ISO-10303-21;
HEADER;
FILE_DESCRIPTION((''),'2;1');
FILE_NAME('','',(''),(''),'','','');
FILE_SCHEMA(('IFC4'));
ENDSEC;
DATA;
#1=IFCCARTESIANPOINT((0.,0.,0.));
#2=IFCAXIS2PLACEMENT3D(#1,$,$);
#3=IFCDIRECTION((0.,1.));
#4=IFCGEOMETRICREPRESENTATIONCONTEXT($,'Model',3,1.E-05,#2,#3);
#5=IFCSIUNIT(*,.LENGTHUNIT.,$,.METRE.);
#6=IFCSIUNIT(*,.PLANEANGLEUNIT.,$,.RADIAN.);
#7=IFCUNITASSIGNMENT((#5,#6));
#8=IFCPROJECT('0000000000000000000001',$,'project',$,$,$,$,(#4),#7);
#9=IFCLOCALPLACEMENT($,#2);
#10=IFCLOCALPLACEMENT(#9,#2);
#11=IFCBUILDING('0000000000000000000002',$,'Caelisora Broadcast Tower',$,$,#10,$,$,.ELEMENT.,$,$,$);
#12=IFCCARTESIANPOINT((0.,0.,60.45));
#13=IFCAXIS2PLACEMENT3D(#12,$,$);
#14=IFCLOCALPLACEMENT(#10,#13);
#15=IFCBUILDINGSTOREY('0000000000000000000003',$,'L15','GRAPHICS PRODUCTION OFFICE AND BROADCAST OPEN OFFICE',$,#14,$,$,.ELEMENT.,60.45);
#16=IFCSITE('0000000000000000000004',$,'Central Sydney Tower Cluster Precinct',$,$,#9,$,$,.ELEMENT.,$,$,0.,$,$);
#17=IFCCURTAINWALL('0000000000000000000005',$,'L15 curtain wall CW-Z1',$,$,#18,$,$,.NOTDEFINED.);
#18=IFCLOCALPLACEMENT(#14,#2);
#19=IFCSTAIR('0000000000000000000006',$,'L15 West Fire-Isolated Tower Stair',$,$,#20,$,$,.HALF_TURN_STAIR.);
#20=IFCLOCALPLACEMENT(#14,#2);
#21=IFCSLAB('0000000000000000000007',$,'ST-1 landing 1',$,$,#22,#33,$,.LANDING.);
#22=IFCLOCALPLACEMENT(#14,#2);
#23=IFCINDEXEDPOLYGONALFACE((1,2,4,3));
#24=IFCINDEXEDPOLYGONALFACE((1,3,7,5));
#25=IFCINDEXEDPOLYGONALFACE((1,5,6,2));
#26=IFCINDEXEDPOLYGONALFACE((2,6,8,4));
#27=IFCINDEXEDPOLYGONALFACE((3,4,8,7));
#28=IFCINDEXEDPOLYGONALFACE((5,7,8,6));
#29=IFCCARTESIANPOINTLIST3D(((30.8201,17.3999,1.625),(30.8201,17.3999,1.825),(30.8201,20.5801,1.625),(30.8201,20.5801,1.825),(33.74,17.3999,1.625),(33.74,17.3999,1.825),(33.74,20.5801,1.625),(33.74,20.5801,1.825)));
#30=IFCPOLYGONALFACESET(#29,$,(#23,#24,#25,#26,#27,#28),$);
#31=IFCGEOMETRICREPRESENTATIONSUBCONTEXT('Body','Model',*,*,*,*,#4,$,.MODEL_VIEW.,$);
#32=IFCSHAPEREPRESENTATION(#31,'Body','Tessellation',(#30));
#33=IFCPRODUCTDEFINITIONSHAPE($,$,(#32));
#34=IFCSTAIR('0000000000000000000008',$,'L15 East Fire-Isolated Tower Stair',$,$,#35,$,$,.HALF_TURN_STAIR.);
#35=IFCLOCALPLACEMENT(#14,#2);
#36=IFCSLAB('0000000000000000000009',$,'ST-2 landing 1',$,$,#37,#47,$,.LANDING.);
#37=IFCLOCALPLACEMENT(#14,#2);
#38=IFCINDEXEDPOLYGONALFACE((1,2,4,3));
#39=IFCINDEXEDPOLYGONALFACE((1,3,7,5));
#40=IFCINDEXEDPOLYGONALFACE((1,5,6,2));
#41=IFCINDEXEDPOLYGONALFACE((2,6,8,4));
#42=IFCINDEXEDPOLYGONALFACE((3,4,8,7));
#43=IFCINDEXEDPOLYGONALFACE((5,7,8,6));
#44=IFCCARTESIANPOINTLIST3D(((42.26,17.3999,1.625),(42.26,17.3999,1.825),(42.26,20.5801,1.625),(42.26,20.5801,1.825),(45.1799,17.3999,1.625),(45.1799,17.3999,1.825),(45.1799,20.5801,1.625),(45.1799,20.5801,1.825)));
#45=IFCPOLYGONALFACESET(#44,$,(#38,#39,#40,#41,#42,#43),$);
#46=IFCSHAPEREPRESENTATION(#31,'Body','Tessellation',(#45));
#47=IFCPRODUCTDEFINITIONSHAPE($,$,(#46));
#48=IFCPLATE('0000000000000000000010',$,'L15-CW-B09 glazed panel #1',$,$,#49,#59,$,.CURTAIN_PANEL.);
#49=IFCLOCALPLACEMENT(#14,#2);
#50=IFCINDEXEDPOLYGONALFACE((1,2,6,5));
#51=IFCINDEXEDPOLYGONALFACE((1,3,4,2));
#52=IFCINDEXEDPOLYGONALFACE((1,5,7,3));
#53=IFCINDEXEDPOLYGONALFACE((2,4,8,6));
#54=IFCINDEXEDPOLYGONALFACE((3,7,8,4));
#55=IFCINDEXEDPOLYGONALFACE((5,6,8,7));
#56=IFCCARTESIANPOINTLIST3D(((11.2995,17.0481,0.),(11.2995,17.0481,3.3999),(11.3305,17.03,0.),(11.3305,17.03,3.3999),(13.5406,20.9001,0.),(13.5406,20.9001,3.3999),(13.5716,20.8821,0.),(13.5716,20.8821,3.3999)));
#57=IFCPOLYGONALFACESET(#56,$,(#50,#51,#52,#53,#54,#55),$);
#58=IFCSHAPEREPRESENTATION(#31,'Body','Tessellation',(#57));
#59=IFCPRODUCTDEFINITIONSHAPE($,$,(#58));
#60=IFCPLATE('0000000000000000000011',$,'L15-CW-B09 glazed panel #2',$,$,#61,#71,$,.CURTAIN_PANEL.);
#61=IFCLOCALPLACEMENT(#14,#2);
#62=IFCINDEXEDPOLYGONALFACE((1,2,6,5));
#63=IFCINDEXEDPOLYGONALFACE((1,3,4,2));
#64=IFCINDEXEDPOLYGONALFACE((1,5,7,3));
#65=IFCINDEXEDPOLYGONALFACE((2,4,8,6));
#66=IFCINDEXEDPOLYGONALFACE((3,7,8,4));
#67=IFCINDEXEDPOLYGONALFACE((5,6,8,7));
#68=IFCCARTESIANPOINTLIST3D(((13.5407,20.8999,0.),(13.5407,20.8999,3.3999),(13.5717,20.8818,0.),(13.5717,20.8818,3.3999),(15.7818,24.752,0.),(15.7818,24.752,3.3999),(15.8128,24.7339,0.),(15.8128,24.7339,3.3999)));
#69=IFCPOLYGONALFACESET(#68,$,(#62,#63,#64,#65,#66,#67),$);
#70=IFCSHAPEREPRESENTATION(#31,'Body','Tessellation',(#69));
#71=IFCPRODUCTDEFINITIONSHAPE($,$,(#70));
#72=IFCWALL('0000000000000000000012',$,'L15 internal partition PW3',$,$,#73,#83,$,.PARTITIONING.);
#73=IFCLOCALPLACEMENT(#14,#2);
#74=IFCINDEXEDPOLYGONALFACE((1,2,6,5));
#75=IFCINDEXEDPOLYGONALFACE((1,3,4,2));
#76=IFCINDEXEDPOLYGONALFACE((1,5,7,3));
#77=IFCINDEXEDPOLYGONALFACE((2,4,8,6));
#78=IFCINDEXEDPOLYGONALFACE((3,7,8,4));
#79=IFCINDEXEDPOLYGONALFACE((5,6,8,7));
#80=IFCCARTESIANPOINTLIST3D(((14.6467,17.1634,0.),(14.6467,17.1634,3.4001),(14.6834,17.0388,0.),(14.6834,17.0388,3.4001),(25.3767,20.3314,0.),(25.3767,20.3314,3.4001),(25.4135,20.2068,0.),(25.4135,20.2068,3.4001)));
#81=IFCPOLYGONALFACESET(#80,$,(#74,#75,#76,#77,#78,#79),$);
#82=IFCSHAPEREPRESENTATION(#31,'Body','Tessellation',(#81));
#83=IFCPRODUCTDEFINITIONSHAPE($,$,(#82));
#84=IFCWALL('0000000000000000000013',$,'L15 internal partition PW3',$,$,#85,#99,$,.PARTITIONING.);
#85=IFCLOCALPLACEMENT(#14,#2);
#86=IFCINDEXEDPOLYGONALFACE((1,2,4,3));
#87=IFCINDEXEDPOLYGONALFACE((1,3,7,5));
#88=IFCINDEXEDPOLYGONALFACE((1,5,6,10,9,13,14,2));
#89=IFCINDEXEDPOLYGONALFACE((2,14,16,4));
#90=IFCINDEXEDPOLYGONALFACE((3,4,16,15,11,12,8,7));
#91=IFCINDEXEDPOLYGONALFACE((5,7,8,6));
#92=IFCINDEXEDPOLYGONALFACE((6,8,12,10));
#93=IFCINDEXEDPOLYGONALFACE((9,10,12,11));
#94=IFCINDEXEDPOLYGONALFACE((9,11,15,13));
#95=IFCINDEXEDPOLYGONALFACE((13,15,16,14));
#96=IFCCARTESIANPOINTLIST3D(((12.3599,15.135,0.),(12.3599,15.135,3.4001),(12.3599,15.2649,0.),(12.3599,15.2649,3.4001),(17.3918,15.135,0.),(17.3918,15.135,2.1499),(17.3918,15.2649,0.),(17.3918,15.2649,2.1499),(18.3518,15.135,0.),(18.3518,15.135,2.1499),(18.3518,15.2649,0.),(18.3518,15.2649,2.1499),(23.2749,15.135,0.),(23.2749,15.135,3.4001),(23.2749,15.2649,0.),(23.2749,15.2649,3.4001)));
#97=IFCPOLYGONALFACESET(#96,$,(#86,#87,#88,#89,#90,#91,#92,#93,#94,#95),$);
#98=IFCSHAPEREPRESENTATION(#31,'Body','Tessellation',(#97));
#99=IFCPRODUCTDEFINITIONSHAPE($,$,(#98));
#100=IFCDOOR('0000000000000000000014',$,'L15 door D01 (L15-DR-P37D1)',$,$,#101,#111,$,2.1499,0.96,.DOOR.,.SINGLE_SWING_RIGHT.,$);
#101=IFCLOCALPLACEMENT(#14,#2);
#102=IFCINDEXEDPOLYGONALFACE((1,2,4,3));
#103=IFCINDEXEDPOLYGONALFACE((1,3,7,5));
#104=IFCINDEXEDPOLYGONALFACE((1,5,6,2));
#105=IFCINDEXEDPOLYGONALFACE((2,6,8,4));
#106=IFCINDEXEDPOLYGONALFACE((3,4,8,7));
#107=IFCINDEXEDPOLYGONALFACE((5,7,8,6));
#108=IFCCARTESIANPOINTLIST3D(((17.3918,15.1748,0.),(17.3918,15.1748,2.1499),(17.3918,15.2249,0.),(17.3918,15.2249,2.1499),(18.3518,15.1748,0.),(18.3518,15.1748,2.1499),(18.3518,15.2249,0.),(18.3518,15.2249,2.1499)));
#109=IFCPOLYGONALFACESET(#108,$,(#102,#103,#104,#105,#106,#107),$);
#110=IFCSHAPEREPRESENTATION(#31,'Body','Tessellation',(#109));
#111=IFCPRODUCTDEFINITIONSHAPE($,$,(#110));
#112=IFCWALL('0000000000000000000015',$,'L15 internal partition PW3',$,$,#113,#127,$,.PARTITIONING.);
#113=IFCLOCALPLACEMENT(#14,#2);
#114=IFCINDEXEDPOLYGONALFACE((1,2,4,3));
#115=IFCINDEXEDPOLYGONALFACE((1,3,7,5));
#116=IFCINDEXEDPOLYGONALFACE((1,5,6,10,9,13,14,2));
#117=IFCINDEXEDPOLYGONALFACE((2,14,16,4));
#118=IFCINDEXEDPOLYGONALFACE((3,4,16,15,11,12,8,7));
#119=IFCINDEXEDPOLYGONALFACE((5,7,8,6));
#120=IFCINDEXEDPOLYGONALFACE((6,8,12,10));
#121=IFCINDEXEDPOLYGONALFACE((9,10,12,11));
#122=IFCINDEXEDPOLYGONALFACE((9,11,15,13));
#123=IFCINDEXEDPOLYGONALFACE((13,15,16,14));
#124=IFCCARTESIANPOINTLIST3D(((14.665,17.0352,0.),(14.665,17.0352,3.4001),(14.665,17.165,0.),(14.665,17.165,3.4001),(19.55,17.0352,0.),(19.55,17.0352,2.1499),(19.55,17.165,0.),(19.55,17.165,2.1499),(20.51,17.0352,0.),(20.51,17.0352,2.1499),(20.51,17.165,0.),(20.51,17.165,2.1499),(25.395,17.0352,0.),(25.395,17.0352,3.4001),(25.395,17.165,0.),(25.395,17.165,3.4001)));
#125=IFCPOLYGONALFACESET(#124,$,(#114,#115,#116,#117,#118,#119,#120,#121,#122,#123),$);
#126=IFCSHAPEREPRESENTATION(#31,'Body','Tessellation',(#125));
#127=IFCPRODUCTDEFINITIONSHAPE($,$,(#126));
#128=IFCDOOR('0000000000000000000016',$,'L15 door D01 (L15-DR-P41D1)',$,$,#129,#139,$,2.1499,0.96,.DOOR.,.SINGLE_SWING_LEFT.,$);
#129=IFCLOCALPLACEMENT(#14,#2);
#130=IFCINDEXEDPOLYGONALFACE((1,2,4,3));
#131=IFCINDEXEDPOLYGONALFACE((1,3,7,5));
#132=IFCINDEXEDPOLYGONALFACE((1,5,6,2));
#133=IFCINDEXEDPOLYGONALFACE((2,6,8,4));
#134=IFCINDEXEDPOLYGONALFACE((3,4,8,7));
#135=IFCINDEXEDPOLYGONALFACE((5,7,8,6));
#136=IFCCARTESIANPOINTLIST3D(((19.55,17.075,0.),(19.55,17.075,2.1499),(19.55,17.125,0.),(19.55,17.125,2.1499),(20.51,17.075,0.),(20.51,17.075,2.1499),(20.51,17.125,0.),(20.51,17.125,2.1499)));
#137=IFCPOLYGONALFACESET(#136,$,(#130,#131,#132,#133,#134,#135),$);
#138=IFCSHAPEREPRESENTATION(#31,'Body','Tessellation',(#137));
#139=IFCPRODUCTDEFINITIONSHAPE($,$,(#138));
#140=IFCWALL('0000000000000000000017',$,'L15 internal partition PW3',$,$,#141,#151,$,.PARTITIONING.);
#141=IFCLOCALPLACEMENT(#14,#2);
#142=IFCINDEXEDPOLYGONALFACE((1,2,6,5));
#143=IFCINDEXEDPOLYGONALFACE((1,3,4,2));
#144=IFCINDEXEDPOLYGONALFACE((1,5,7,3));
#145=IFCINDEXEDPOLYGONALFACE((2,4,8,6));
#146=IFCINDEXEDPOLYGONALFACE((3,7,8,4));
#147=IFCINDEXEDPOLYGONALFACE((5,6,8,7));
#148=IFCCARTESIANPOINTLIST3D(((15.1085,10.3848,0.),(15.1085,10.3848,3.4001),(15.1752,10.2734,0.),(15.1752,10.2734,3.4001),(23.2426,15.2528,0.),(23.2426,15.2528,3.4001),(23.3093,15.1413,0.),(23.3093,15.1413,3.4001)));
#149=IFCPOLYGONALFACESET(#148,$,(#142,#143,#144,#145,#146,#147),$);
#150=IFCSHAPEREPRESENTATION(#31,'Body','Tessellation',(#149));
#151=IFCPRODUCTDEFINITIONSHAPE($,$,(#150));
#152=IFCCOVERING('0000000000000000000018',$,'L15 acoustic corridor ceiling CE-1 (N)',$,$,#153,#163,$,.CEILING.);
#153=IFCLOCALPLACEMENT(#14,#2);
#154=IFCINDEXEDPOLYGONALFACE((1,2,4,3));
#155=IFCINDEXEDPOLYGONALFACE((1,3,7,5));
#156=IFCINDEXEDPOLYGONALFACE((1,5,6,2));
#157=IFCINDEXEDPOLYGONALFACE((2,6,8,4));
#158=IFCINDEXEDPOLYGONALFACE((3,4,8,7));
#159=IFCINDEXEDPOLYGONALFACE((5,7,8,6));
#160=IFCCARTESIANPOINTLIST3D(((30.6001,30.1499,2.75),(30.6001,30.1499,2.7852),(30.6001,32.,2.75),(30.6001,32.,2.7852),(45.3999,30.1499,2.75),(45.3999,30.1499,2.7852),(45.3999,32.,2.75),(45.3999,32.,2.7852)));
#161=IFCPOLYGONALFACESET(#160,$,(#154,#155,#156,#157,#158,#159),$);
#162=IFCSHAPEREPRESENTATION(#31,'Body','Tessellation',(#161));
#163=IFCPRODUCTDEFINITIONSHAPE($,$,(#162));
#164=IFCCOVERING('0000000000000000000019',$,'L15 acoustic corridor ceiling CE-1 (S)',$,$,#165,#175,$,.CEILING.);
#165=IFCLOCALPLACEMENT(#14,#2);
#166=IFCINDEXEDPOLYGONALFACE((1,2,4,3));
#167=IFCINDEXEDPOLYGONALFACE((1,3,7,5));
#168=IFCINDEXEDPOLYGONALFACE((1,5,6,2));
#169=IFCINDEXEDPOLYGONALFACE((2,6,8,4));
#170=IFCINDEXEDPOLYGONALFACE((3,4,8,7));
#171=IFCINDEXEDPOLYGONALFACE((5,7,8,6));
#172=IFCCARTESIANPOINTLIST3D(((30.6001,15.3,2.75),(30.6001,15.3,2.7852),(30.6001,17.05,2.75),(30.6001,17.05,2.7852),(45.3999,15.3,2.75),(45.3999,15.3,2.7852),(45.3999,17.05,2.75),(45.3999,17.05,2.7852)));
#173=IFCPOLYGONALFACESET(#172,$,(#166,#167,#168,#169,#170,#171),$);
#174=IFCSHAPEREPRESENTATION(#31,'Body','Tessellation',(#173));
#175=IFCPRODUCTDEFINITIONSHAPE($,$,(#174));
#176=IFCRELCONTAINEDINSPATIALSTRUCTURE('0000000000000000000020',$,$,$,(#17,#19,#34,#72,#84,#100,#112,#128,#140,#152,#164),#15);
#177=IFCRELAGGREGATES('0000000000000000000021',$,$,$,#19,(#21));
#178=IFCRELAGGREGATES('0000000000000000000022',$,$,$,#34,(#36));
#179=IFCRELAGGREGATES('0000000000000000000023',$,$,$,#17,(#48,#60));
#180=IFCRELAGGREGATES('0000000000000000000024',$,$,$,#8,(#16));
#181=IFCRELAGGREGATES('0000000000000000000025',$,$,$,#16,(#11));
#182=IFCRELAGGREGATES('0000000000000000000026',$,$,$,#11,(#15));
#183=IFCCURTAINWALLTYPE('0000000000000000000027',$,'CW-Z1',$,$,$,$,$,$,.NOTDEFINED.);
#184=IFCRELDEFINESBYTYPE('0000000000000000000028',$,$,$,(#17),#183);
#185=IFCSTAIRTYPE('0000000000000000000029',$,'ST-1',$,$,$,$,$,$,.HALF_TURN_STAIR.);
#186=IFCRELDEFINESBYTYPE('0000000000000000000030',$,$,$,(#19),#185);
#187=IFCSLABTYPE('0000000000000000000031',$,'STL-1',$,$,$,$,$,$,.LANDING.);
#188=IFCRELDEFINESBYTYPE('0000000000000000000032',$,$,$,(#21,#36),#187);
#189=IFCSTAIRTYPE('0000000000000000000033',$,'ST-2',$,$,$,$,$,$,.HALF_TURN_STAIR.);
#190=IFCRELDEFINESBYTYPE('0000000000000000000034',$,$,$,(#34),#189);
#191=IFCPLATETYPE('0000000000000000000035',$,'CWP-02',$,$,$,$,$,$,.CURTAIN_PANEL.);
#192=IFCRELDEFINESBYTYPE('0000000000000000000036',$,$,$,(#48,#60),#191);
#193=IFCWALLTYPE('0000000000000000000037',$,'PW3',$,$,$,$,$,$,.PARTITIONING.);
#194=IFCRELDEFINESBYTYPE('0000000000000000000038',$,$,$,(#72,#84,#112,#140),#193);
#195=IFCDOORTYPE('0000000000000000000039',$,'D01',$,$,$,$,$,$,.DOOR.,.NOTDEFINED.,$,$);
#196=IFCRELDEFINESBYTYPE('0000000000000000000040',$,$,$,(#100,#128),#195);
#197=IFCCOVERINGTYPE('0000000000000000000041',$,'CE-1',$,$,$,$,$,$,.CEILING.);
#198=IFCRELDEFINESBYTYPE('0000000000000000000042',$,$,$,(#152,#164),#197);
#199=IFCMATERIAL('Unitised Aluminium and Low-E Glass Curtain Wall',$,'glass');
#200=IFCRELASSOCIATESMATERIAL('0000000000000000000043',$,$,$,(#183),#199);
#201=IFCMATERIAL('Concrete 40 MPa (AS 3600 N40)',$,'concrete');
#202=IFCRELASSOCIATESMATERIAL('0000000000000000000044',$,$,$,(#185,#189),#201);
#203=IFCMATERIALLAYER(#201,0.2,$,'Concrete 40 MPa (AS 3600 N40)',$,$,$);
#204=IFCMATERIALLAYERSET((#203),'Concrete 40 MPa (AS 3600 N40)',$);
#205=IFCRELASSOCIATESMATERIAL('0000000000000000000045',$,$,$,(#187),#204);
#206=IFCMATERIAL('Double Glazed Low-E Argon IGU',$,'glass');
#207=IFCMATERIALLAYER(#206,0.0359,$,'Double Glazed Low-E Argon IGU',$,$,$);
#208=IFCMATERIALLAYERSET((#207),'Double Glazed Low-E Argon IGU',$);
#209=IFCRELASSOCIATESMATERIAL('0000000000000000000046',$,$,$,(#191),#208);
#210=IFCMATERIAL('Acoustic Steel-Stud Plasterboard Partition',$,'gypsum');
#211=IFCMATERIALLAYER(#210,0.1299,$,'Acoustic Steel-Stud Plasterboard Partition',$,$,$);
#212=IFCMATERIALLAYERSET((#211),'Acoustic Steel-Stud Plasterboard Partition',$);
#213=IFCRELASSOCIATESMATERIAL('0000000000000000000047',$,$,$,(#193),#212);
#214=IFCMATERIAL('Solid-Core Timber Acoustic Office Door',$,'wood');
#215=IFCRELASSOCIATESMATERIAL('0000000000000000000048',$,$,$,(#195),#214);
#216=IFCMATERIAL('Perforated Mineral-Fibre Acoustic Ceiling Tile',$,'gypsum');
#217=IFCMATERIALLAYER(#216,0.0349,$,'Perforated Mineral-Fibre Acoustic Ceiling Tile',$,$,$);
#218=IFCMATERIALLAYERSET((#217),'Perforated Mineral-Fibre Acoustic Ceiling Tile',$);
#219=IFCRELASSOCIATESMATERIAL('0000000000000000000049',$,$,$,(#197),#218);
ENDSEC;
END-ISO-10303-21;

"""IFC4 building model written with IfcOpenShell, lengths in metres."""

from ifc_helpers import new_model, si_unit, direction, frame, frame_2d, origin, origin_2d, place, context, subcontext, project, spatial, polyline, rectangle, outline, extrude, source, transform, mapped, material, layer, layer_set, type_object, type_shapes, element, fill, aggregate, save


model = new_model("IFC4")

# Units and contexts
model_context = context("Model", 3, precision=1e-05, world=origin(), true_north=direction((0.0, 1.0)))
body_context = subcontext(model_context, "Body", "Model", "MODEL_VIEW")
ifc_project = project(units=[si_unit("LENGTHUNIT", "METRE"), si_unit("PLANEANGLEUNIT", "RADIAN")], contexts=[model_context])

# Site, building, storey
site_placement = place(None, origin())
site = spatial("IfcSite", under=ifc_project, at=site_placement, Name="Central Sydney Tower Cluster Precinct", CompositionType="ELEMENT", RefElevation=0.0)
building_placement = place(site_placement, origin())
building = spatial("IfcBuilding", under=site, at=building_placement, Name="Caelisora Broadcast Tower", CompositionType="ELEMENT")
storey_placement = place(building_placement, frame((0.0, 0.0, 60.45)))
storey = spatial("IfcBuildingStorey", under=building, at=storey_placement, Name="L15", Description="GRAPHICS PRODUCTION OFFICE AND BROADCAST OPEN OFFICE", CompositionType="ELEMENT", Elevation=60.45)

# Curtain wall
ifc_material_1 = material(Name="Unitised Aluminium and Low-E Glass Curtain Wall", Category="glass")
curtain_wall_type = type_object("IfcCurtainWallType", Name="CW-Z1", PredefinedType="NOTDEFINED", material=ifc_material_1)
curtain_wall_placement = place(storey_placement, origin())
curtain_wall = element("IfcCurtainWall", 1, at=curtain_wall_placement, inside=storey, type_object=curtain_wall_type, Name="L15 curtain wall CW-Z1", PredefinedType="NOTDEFINED")

# Shared definitions
ifc_material_2 = material(Name="Concrete 40 MPa (AS 3600 N40)", Category="concrete")

# Stairs, slabs
stair_type_1 = type_object("IfcStairType", Name="ST-1", PredefinedType="HALF_TURN_STAIR", material=ifc_material_2)
stair_1_placement = place(storey_placement, origin())
stair_1 = element("IfcStair", 2, at=stair_1_placement, inside=storey, type_object=stair_type_1, Name="L15 West Fire-Isolated Tower Stair", PredefinedType="HALF_TURN_STAIR")
ifc_layer_1 = layer(ifc_material_2, 0.2, Name="Concrete 40 MPa (AS 3600 N40)")
ifc_layer_set_1 = layer_set([ifc_layer_1], Name="Concrete 40 MPa (AS 3600 N40)")
slab_type_1 = type_object("IfcSlabType", Name="STL-1", PredefinedType="LANDING", material=ifc_layer_set_1)
slab_1_placement = place(storey_placement, frame((0.0, 0.0, 1.625)))
slab_1 = element("IfcSlab", 3, at=slab_1_placement, type_object=slab_type_1, Name="ST-1 landing 1", PredefinedType="LANDING", context=body_context, shape_type="SweptSolid", body=[
    extrude(outline(polyline([(30.8201, 20.5801), (30.8201, 17.3999), (33.74, 17.3999), (33.74, 20.5801), (30.8201, 20.5801)])), origin(), (0.0, 0.0, 1.0), 0.2),
])
aggregate(stair_1, [slab_1])
stair_type_2 = type_object("IfcStairType", Name="ST-2", PredefinedType="HALF_TURN_STAIR", material=ifc_material_2)
stair_2_placement = place(storey_placement, origin())
stair_2 = element("IfcStair", 4, at=stair_2_placement, inside=storey, type_object=stair_type_2, Name="L15 East Fire-Isolated Tower Stair", PredefinedType="HALF_TURN_STAIR")
slab_2_placement = place(storey_placement, frame((0.0, 0.0, 1.625)))
slab_2 = element("IfcSlab", 5, at=slab_2_placement, type_object=slab_type_1, Name="ST-2 landing 1", PredefinedType="LANDING", context=body_context, shape_type="SweptSolid", body=[
    extrude(outline(polyline([(42.26, 20.5801), (42.26, 17.3999), (45.1799, 17.3999), (45.1799, 20.5801), (42.26, 20.5801)])), origin(), (0.0, 0.0, 1.0), 0.2),
])
aggregate(stair_2, [slab_2])

# Plates
ifc_material_3 = material(Name="Double Glazed Low-E Argon IGU", Category="glass")
ifc_layer_2 = layer(ifc_material_3, 0.0359, Name="Double Glazed Low-E Argon IGU")
ifc_layer_set_2 = layer_set([ifc_layer_2], Name="Double Glazed Low-E Argon IGU")
plate_type = type_object("IfcPlateType", Name="CWP-02", PredefinedType="CURTAIN_PANEL", material=ifc_layer_set_2)
shared_shape_1 = source(origin(), body_context, "Body", "SweptSolid", [
    extrude(rectangle(XDim=4.4565, YDim=0.0359, at=origin_2d()), origin(), (0.0, 0.0, 1.0), 3.3999),
])
type_shapes(plate_type, [shared_shape_1])
plate_1_placement = place(storey_placement, frame((12.4355, 18.9651, 0.0), z_axis=(0.0, 0.0, 1.0), x_axis=(0.502869, 0.864363, 0.0)))
plate_1 = element("IfcPlate", 6, at=plate_1_placement, type_object=plate_type, Name="L15-CW-B09 glazed panel #1", PredefinedType="CURTAIN_PANEL", context=body_context, shape_type="MappedRepresentation", body=[
    mapped(shared_shape_1, transform((0.0, 0.0, 0.0), scale=1.0)),
])
plate_2_placement = place(storey_placement, frame((14.6768, 22.8169, 0.0), z_axis=(0.0, 0.0, 1.0), x_axis=(0.502869, 0.864363, 0.0)))
plate_2 = element("IfcPlate", 7, at=plate_2_placement, type_object=plate_type, Name="L15-CW-B09 glazed panel #2", PredefinedType="CURTAIN_PANEL", context=body_context, shape_type="MappedRepresentation", body=[
    mapped(shared_shape_1, transform((0.0, 0.0, 0.0), scale=1.0)),
])
aggregate(curtain_wall, [plate_1, plate_2])

# Wall
ifc_material_4 = material(Name="Acoustic Steel-Stud Plasterboard Partition", Category="gypsum")
ifc_layer_3 = layer(ifc_material_4, 0.1299, Name="Acoustic Steel-Stud Plasterboard Partition")
ifc_layer_set_3 = layer_set([ifc_layer_3], Name="Acoustic Steel-Stud Plasterboard Partition")
wall_type = type_object("IfcWallType", Name="PW3", PredefinedType="PARTITIONING", material=ifc_layer_set_3)
wall_1_placement = place(storey_placement, frame((14.665, 17.1011, 0.0), z_axis=(0.0, 0.0, 1.0), x_axis=(0.959072, 0.283161, 0.0)))
element("IfcWall", 8, at=wall_1_placement, inside=storey, type_object=wall_type, Name="L15 internal partition PW3", PredefinedType="PARTITIONING", context=body_context, shape_type="SweptSolid", body=[
    extrude(rectangle(XDim=11.188, YDim=0.1299, at=frame_2d((5.594, 0.0))), origin(), (0.0, 0.0, 1.0), 3.4001),
])

# Walls, openings, doors
wall_2_placement = place(storey_placement, frame((12.3599, 15.2, 0.0), z_axis=(0.0, 0.0, 1.0), x_axis=(1.0, 0.0, 0.0)))
wall_2 = element("IfcWall", 9, at=wall_2_placement, inside=storey, type_object=wall_type, Name="L15 internal partition PW3", PredefinedType="PARTITIONING", context=body_context, shape_type="SweptSolid", body=[
    extrude(rectangle(XDim=10.915, YDim=0.1299, at=frame_2d((5.4575, 0.0))), origin(), (0.0, 0.0, 1.0), 3.4001),
])
opening_1_placement = place(wall_2_placement, frame((5.032, 0.0, 0.0)))
opening_1 = element("IfcOpeningElement", 10, at=opening_1_placement, cuts=wall_2, PredefinedType="OPENING", context=body_context, shape_type="SweptSolid", body=[
    extrude(rectangle(XDim=0.96, YDim=2.1499, at=frame_2d((0.48, 1.075))), frame((0.0, 0.0769, 0.0), z_axis=(0.0, -1.0, 0.0), x_axis=(1.0, 0.0, 0.0)), (0.0, 0.0, 1.0), 0.1538),
])
ifc_material_5 = material(Name="Solid-Core Timber Acoustic Office Door", Category="wood")
door_type = type_object("IfcDoorType", Name="D01", OperationType="NOTDEFINED", PredefinedType="DOOR", material=ifc_material_5)
door_1_placement = place(opening_1_placement, origin())
door_1 = element("IfcDoor", 11, at=door_1_placement, inside=storey, type_object=door_type, Name="L15 door D01 (L15-DR-P37D1)", OperationType="SINGLE_SWING_RIGHT", OverallHeight=2.1499, OverallWidth=0.96, PredefinedType="DOOR", context=body_context, shape_type="SweptSolid", body=[
    extrude(rectangle(XDim=0.96, YDim=2.1499, at=frame_2d((0.48, 1.075))), frame((0.0, 0.0249, 0.0), z_axis=(0.0, -1.0, 0.0), x_axis=(1.0, 0.0, 0.0)), (0.0, 0.0, 1.0), 0.05),
])
fill(opening_1, door_1)
wall_3_placement = place(storey_placement, frame((14.665, 17.1001, 0.0), z_axis=(0.0, 0.0, 1.0), x_axis=(1.0, 0.0, 0.0)))
wall_3 = element("IfcWall", 12, at=wall_3_placement, inside=storey, type_object=wall_type, Name="L15 internal partition PW3", PredefinedType="PARTITIONING", context=body_context, shape_type="SweptSolid", body=[
    extrude(rectangle(XDim=10.73, YDim=0.1299, at=frame_2d((5.365, 0.0))), origin(), (0.0, 0.0, 1.0), 3.4001),
])
opening_2_placement = place(wall_3_placement, frame((4.885, 0.0, 0.0)))
opening_2 = element("IfcOpeningElement", 13, at=opening_2_placement, cuts=wall_3, PredefinedType="OPENING", context=body_context, shape_type="SweptSolid", body=[
    extrude(rectangle(XDim=0.96, YDim=2.1499, at=frame_2d((0.48, 1.075))), frame((0.0, 0.0769, 0.0), z_axis=(0.0, -1.0, 0.0), x_axis=(1.0, 0.0, 0.0)), (0.0, 0.0, 1.0), 0.1538),
])
door_2_placement = place(opening_2_placement, origin())
door_2 = element("IfcDoor", 14, at=door_2_placement, inside=storey, type_object=door_type, Name="L15 door D01 (L15-DR-P41D1)", OperationType="SINGLE_SWING_LEFT", OverallHeight=2.1499, OverallWidth=0.96, PredefinedType="DOOR", context=body_context, shape_type="SweptSolid", body=[
    extrude(rectangle(XDim=0.96, YDim=2.1499, at=frame_2d((0.48, 1.075))), frame((0.0, 0.0249, 0.0), z_axis=(0.0, -1.0, 0.0), x_axis=(1.0, 0.0, 0.0)), (0.0, 0.0, 1.0), 0.05),
])
fill(opening_2, door_2)

# Wall
wall_4_placement = place(storey_placement, frame((15.1418, 10.3291, 0.0), z_axis=(0.0, 0.0, 1.0), x_axis=(0.858074, 0.513526, 0.0)))
element("IfcWall", 15, at=wall_4_placement, inside=storey, type_object=wall_type, Name="L15 internal partition PW3", PredefinedType="PARTITIONING", context=body_context, shape_type="SweptSolid", body=[
    extrude(rectangle(XDim=9.4795, YDim=0.1299, at=frame_2d((4.7397, 0.0))), origin(), (0.0, 0.0, 1.0), 3.4001),
])

# Coverings
ifc_material_6 = material(Name="Perforated Mineral-Fibre Acoustic Ceiling Tile", Category="gypsum")
ifc_layer_4 = layer(ifc_material_6, 0.0349, Name="Perforated Mineral-Fibre Acoustic Ceiling Tile")
ifc_layer_set_4 = layer_set([ifc_layer_4], Name="Perforated Mineral-Fibre Acoustic Ceiling Tile")
covering_type_1 = type_object("IfcCoveringType", Name="CE-1", PredefinedType="CEILING", material=ifc_layer_set_4)
covering_1_placement = place(storey_placement, frame((0.0, 0.0, 2.75)))
element("IfcCovering", 16, at=covering_1_placement, inside=storey, type_object=covering_type_1, Name="L15 acoustic corridor ceiling CE-1 (N)", PredefinedType="CEILING", context=body_context, shape_type="SweptSolid", body=[
    extrude(outline(polyline([(30.6001, 30.1499), (45.3999, 30.1499), (45.3999, 32.0), (30.6001, 32.0), (30.6001, 30.1499)])), origin(), (0.0, 0.0, 1.0), 0.0352),
])
covering_2_placement = place(storey_placement, frame((0.0, 0.0, 2.75)))
element("IfcCovering", 17, at=covering_2_placement, inside=storey, type_object=covering_type_1, Name="L15 acoustic corridor ceiling CE-1 (S)", PredefinedType="CEILING", context=body_context, shape_type="SweptSolid", body=[
    extrude(outline(polyline([(30.6001, 15.3), (45.3999, 15.3), (45.3999, 17.05), (30.6001, 17.05), (30.6001, 15.3)])), origin(), (0.0, 0.0, 1.0), 0.0352),
])

save(model, "model.ifc")
